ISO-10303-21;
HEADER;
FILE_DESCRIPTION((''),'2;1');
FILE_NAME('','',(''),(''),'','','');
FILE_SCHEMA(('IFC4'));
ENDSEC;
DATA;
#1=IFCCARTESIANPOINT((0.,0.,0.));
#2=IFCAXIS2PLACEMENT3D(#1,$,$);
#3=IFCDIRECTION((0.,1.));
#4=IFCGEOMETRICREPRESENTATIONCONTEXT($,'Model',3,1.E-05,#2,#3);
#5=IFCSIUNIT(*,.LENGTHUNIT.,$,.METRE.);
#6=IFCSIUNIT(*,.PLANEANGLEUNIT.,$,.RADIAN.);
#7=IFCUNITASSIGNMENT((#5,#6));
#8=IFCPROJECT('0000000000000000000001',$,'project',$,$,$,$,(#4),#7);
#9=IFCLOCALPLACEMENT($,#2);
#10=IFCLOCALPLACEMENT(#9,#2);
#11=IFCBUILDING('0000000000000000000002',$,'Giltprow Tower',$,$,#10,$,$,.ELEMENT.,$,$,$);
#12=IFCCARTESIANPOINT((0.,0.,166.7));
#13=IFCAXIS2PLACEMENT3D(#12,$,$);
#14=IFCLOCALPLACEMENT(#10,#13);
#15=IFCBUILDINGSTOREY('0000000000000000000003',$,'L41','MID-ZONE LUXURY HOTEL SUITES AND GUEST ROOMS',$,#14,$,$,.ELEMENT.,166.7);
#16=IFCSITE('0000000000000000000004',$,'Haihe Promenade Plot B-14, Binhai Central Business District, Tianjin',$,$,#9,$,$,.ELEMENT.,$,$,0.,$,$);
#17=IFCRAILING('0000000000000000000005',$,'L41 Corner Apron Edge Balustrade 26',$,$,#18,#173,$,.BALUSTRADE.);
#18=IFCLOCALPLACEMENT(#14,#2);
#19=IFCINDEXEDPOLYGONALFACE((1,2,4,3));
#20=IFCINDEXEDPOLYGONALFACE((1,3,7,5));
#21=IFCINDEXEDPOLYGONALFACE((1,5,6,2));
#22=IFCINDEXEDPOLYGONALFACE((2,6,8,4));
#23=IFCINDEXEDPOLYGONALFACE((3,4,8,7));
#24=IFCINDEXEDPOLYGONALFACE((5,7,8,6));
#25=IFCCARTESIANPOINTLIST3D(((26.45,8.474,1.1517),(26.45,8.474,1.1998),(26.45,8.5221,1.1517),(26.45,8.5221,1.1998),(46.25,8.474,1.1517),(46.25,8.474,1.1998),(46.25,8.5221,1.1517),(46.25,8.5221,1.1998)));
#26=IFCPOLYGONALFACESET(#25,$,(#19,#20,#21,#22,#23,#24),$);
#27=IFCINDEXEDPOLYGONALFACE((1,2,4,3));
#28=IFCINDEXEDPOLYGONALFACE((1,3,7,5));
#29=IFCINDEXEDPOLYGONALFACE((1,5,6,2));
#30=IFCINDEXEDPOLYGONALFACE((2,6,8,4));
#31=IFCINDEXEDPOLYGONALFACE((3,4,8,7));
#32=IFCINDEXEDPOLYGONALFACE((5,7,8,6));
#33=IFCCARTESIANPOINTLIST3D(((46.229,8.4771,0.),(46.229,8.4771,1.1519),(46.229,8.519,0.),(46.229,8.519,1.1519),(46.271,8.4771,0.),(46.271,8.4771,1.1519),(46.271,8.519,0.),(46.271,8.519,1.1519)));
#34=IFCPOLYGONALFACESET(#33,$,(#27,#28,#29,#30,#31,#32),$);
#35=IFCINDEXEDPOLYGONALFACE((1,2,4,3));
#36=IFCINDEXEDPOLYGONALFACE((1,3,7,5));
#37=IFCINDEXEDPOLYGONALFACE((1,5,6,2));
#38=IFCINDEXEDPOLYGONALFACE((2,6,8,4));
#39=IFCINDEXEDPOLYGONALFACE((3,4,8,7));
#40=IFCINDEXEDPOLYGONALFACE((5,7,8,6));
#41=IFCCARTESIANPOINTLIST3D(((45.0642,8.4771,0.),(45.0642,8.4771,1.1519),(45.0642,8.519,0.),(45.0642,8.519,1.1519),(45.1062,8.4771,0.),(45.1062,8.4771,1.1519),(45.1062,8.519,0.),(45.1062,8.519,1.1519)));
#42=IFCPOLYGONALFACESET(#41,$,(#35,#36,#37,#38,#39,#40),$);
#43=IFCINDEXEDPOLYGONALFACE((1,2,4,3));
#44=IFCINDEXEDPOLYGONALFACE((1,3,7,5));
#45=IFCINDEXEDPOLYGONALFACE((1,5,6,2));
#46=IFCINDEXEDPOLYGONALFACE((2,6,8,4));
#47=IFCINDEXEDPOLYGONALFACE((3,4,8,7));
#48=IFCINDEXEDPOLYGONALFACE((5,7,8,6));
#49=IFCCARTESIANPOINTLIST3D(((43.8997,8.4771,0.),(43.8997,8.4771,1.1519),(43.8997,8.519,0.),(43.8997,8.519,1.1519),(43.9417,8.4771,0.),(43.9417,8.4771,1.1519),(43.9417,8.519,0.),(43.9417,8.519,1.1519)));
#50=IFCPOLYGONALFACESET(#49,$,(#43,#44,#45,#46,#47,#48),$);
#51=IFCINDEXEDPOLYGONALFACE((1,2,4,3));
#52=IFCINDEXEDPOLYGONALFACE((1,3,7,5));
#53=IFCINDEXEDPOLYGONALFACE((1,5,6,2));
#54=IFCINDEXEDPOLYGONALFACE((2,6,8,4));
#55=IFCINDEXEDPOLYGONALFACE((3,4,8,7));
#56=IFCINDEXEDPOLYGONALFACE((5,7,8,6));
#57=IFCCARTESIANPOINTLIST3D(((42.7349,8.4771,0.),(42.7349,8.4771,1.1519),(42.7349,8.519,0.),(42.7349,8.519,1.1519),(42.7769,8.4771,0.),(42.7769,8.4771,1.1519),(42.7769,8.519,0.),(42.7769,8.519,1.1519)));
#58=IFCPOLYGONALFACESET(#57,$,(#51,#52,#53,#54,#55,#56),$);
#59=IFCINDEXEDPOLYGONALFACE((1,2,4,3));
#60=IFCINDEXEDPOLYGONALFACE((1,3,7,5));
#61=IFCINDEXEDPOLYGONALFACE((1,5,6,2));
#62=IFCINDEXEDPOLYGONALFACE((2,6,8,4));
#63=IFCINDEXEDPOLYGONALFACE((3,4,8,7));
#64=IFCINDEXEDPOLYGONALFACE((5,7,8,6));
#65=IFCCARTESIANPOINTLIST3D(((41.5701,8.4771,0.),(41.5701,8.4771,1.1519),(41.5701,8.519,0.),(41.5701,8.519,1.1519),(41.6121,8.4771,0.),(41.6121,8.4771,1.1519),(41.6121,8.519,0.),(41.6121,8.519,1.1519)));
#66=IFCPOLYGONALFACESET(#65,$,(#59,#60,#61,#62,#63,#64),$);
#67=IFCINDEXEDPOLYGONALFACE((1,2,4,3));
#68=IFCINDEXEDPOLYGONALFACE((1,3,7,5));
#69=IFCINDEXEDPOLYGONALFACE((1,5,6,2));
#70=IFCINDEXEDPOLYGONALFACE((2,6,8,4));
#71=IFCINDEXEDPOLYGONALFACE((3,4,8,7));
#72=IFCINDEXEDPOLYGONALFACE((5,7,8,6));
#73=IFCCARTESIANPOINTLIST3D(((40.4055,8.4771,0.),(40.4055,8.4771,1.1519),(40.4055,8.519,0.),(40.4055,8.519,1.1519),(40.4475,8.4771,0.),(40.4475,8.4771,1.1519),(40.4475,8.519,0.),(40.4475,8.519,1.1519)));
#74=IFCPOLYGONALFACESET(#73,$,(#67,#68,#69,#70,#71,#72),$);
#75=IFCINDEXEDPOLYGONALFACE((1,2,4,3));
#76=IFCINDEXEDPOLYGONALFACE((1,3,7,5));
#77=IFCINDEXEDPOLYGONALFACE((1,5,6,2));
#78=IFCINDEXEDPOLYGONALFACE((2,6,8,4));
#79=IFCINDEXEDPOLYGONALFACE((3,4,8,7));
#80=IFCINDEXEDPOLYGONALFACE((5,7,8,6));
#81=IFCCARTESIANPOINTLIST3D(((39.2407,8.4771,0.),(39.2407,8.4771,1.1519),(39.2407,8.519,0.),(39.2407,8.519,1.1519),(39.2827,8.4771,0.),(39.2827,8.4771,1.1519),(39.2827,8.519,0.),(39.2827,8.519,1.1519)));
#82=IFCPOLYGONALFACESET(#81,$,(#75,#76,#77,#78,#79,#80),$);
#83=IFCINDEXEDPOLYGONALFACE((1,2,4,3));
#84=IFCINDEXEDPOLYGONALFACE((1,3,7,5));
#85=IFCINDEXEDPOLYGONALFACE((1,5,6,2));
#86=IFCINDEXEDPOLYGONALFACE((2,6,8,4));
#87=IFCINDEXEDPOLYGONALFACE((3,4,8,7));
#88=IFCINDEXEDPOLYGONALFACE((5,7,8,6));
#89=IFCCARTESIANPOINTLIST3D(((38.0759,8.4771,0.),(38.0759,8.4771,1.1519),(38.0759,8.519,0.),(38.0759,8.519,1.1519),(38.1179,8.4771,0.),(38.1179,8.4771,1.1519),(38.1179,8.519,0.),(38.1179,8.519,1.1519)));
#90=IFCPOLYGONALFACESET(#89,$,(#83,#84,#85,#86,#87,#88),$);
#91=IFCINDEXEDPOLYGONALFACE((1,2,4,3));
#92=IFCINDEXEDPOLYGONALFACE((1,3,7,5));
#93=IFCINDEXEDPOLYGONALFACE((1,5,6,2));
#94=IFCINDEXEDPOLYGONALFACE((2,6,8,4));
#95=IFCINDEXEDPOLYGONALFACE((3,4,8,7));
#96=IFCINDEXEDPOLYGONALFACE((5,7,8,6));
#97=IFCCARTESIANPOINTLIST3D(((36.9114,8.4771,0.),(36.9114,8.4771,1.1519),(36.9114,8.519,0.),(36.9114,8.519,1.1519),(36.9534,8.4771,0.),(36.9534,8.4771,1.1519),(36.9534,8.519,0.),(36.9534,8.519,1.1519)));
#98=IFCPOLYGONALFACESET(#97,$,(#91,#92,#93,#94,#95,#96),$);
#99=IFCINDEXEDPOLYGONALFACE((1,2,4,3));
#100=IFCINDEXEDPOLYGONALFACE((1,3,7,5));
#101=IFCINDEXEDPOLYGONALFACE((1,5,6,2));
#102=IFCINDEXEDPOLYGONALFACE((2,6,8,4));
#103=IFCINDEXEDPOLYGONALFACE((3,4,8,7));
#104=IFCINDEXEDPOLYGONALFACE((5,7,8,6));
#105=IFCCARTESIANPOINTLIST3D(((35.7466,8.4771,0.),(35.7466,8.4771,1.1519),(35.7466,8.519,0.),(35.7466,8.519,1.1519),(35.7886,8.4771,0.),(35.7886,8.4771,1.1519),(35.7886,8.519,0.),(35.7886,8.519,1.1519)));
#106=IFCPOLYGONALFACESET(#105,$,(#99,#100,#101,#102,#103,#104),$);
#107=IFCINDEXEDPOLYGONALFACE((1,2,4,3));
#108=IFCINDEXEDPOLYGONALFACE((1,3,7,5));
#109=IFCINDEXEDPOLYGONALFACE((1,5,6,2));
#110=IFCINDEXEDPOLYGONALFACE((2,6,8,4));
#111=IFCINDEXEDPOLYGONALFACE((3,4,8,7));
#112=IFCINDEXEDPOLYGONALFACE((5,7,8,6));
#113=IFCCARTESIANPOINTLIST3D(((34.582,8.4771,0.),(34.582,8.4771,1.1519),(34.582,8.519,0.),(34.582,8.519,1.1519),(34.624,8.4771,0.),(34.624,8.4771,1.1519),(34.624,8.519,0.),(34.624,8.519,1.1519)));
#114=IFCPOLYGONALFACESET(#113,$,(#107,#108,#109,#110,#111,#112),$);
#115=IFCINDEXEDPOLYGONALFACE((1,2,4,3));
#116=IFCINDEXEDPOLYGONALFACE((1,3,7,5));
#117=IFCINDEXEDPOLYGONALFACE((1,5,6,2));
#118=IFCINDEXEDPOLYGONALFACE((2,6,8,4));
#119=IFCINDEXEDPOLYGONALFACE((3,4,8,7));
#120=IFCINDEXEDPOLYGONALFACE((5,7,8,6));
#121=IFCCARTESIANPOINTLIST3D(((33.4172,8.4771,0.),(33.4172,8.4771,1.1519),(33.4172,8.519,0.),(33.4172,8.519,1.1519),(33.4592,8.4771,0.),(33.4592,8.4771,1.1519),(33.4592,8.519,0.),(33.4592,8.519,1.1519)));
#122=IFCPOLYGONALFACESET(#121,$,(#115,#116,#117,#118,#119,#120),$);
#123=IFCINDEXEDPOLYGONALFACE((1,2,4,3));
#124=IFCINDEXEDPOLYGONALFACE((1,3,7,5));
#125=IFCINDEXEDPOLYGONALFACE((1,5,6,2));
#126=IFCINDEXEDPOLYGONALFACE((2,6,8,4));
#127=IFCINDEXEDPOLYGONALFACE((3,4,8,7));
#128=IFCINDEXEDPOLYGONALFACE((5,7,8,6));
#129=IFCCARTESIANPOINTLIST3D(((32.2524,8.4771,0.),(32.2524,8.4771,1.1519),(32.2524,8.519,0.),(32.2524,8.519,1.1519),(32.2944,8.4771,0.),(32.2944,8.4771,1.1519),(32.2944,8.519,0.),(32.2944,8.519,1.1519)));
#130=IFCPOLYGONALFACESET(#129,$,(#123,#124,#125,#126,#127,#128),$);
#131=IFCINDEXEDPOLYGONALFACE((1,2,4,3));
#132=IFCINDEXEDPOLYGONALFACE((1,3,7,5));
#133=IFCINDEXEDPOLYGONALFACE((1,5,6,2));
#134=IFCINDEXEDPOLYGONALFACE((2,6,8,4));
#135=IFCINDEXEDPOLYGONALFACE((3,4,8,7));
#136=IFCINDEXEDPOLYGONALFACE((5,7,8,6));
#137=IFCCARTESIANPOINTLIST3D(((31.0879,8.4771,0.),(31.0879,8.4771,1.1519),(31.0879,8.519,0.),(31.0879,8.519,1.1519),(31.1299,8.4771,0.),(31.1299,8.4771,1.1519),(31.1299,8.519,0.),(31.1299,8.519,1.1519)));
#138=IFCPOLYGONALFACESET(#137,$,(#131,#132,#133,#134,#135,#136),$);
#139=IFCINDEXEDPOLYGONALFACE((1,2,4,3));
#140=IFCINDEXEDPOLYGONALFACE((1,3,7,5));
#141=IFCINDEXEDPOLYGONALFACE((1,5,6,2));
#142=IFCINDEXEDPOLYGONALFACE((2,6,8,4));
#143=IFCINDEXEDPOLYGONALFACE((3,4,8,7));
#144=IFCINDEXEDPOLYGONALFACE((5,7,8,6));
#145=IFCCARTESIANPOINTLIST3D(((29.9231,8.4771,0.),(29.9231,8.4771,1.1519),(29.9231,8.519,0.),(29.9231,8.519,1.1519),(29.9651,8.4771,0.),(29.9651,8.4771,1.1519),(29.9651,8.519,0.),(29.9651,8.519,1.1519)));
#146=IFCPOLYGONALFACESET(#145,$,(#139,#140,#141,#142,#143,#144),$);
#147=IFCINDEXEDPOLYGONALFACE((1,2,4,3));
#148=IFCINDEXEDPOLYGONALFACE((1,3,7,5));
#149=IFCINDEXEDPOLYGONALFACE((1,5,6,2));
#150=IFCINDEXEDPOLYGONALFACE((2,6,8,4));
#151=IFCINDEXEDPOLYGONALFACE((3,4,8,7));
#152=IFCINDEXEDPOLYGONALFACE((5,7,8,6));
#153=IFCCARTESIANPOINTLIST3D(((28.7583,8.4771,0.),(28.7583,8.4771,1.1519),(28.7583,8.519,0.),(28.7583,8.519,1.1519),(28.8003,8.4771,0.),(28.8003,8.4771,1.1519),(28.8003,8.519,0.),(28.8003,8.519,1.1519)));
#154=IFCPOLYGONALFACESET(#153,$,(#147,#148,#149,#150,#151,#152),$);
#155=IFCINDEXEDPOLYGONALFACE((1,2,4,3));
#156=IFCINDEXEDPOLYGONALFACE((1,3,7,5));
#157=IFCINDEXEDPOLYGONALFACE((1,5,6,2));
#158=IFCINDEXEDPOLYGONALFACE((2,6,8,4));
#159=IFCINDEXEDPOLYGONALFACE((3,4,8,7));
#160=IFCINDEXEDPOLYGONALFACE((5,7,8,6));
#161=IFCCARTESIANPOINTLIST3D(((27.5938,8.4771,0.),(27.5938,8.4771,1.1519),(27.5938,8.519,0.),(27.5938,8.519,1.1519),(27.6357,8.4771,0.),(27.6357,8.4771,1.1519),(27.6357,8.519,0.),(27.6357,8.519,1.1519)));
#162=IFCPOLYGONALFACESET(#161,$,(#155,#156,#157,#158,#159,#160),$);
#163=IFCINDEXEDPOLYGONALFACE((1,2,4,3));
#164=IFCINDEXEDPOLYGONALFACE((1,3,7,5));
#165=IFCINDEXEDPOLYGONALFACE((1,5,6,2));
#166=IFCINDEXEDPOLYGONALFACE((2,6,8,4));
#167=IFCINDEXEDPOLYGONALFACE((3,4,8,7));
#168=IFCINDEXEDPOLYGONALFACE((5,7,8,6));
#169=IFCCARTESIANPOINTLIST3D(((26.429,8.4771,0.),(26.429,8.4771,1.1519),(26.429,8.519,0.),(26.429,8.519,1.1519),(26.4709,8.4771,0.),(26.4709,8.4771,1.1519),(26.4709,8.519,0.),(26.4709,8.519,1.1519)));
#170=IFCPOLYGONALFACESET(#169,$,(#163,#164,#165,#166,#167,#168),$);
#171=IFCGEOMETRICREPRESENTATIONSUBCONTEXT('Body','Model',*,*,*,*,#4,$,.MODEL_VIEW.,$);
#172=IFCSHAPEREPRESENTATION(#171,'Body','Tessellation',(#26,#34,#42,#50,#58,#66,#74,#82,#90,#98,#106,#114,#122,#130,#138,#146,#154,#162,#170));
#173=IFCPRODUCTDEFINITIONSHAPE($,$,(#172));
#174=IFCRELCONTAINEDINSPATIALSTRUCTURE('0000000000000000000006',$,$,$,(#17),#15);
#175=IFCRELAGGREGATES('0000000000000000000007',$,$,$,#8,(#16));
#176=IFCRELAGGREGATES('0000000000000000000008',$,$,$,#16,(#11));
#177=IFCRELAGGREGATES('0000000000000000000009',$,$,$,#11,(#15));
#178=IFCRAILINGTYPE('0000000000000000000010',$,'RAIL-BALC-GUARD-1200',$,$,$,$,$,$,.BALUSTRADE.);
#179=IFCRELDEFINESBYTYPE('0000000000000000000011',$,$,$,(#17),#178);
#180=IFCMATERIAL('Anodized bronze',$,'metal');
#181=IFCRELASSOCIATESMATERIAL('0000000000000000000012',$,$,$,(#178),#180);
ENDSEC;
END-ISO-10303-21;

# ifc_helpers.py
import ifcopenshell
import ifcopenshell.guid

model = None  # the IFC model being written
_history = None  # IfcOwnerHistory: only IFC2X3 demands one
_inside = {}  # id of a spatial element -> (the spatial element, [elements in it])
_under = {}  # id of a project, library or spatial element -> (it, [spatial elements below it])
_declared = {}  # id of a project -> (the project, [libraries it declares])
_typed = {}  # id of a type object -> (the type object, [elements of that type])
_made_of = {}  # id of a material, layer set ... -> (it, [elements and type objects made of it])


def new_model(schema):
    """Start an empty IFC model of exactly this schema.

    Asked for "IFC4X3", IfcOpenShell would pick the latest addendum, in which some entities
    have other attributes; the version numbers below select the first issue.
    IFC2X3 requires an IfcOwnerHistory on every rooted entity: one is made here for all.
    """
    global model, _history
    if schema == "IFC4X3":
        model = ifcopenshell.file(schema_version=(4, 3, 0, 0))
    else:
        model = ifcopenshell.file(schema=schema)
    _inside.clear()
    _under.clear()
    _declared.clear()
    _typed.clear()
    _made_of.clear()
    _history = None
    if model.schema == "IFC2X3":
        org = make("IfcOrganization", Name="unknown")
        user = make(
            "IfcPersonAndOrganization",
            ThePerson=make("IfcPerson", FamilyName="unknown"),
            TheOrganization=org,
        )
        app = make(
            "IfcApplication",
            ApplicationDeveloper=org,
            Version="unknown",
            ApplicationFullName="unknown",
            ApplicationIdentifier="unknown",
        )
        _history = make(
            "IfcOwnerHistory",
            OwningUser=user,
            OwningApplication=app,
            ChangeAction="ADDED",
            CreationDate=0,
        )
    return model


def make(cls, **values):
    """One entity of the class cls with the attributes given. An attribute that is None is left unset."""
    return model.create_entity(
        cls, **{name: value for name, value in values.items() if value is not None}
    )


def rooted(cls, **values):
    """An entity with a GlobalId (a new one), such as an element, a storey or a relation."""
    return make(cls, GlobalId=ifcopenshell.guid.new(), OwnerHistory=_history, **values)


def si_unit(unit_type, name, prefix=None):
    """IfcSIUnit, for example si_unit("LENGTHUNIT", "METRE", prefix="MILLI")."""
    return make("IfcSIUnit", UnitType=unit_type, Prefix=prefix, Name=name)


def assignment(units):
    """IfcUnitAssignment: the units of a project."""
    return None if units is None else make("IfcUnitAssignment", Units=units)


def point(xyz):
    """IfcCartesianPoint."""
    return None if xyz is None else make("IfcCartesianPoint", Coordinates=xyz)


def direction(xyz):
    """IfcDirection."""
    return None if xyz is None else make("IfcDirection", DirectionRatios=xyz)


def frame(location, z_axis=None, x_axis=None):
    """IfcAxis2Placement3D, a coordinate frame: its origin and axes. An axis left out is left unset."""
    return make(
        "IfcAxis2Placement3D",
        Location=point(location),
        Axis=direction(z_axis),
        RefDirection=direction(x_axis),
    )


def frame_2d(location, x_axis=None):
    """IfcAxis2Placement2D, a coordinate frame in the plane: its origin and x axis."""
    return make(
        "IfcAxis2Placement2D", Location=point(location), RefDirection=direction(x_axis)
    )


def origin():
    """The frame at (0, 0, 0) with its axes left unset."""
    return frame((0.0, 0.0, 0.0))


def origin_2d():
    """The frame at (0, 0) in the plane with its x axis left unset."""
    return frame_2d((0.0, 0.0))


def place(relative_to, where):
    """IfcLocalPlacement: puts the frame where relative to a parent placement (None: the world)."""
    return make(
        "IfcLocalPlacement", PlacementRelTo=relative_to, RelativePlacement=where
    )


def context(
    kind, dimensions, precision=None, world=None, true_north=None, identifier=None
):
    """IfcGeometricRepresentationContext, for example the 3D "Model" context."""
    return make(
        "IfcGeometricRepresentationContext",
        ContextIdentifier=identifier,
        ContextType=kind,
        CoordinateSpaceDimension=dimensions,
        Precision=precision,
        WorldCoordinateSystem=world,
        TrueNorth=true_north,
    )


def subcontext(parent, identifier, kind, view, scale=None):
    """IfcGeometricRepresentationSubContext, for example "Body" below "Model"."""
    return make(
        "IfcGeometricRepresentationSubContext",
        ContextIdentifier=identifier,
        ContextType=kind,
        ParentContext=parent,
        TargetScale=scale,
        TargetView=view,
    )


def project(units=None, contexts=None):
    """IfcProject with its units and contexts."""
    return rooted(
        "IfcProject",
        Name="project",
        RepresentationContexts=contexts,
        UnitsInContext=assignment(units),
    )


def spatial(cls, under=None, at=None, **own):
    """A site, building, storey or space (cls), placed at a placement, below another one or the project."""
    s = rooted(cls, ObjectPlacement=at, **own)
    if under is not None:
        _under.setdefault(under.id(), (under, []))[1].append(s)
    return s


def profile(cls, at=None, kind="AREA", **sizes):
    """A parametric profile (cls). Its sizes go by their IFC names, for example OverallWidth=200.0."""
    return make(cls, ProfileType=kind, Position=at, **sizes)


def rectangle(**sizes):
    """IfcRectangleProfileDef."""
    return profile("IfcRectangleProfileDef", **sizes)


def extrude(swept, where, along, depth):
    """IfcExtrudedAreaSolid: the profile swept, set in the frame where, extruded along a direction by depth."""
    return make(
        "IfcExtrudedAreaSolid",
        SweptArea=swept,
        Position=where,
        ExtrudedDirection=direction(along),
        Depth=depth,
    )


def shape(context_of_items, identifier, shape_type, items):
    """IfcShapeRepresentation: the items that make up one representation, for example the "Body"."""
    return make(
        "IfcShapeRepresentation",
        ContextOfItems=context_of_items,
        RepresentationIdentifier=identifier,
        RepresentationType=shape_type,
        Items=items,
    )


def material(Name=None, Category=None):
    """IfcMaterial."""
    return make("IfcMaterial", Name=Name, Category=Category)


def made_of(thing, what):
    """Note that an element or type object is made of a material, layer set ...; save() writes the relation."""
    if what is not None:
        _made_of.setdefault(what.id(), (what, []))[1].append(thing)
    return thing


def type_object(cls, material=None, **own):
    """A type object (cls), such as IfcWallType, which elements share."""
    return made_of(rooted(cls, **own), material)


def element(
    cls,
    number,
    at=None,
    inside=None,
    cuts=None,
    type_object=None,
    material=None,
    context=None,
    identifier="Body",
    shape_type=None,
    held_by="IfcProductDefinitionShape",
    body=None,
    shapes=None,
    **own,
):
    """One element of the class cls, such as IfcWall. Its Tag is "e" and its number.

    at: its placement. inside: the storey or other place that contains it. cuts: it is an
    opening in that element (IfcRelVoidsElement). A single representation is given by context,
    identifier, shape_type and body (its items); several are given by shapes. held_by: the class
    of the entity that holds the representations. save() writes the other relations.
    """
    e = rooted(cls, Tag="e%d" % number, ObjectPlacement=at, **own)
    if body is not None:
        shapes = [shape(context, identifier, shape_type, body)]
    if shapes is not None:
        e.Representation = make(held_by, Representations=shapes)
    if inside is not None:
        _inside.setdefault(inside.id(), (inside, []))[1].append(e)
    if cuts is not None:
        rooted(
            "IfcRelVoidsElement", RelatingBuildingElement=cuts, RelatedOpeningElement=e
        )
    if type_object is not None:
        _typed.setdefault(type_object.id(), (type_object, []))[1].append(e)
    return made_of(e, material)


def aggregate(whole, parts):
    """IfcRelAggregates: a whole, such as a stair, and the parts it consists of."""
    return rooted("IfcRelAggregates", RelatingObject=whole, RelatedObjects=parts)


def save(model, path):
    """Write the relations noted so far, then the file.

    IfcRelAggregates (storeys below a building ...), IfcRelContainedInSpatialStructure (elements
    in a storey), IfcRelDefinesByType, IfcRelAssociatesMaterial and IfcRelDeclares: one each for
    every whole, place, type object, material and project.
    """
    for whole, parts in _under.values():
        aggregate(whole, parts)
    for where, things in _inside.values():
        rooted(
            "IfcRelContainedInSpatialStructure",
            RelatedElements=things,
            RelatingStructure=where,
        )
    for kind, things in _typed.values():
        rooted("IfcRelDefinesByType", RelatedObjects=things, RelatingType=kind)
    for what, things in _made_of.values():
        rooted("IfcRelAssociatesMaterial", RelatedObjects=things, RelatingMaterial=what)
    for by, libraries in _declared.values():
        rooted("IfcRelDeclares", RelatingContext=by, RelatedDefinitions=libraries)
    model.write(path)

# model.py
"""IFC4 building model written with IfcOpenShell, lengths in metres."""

from ifc_helpers import new_model, si_unit, direction, frame, origin, origin_2d, place, context, subcontext, project, spatial, rectangle, extrude, material, type_object, element, save


model = new_model("IFC4")

# Units and contexts
model_context = context("Model", 3, precision=1e-05, world=origin(), true_north=direction((0.0, 1.0)))
body_context = subcontext(model_context, "Body", "Model", "MODEL_VIEW")
ifc_project = project(units=[si_unit("LENGTHUNIT", "METRE"), si_unit("PLANEANGLEUNIT", "RADIAN")], contexts=[model_context])

# Site, building, storey
site_placement = place(None, origin())
site = spatial("IfcSite", under=ifc_project, at=site_placement, Name="Haihe Promenade Plot B-14, Binhai Central Business District, Tianjin", CompositionType="ELEMENT", RefElevation=0.0)
building_placement = place(site_placement, origin())
building = spatial("IfcBuilding", under=site, at=building_placement, Name="Giltprow Tower", CompositionType="ELEMENT")
storey_placement = place(building_placement, frame((0.0, 0.0, 166.7)))
storey = spatial("IfcBuildingStorey", under=building, at=storey_placement, Name="L41", Description="MID-ZONE LUXURY HOTEL SUITES AND GUEST ROOMS", CompositionType="ELEMENT", Elevation=166.7)

# Shared definitions
ifc_material_1 = material(Name="Anodized bronze", Category="metal")

# Railing
railing_type = type_object("IfcRailingType", Name="RAIL-BALC-GUARD-1200", PredefinedType="BALUSTRADE", material=ifc_material_1)
railing_1_placement = place(storey_placement, frame((46.25, 8.498, 0.0)))
element("IfcRailing", 1, at=railing_1_placement, inside=storey, type_object=railing_type, Name="L41 Corner Apron Edge Balustrade 26", PredefinedType="BALUSTRADE", context=body_context, shape_type="SweptSolid", body=[
    extrude(rectangle(XDim=0.0481, YDim=0.0481, at=origin_2d()), frame((0.0, 0.0, 1.1758), z_axis=(-1.0, 0.0, 0.0), x_axis=(0.0, -1.0, 0.0)), (0.0, 0.0, 1.0), 19.8),
    extrude(rectangle(XDim=0.042, YDim=0.042, at=origin_2d()), origin(), (0.0, 0.0, 1.0), 1.1519),
    extrude(rectangle(XDim=0.042, YDim=0.042, at=origin_2d()), frame((-1.1648, 0.0, 0.0)), (0.0, 0.0, 1.0), 1.1519),
    extrude(rectangle(XDim=0.042, YDim=0.042, at=origin_2d()), frame((-2.3293, 0.0, 0.0)), (0.0, 0.0, 1.0), 1.1519),
    extrude(rectangle(XDim=0.042, YDim=0.042, at=origin_2d()), frame((-3.4941, 0.0, 0.0)), (0.0, 0.0, 1.0), 1.1519),
    extrude(rectangle(XDim=0.042, YDim=0.042, at=origin_2d()), frame((-4.6589, 0.0, 0.0)), (0.0, 0.0, 1.0), 1.1519),
    extrude(rectangle(XDim=0.042, YDim=0.042, at=origin_2d()), frame((-5.8235, 0.0, 0.0)), (0.0, 0.0, 1.0), 1.1519),
    extrude(rectangle(XDim=0.042, YDim=0.042, at=origin_2d()), frame((-6.9883, 0.0, 0.0)), (0.0, 0.0, 1.0), 1.1519),
    extrude(rectangle(XDim=0.042, YDim=0.042, at=origin_2d()), frame((-8.1531, 0.0, 0.0)), (0.0, 0.0, 1.0), 1.1519),
    extrude(rectangle(XDim=0.042, YDim=0.042, at=origin_2d()), frame((-9.3176, 0.0, 0.0)), (0.0, 0.0, 1.0), 1.1519),
    extrude(rectangle(XDim=0.042, YDim=0.042, at=origin_2d()), frame((-10.4824, 0.0, 0.0)), (0.0, 0.0, 1.0), 1.1519),
    extrude(rectangle(XDim=0.042, YDim=0.042, at=origin_2d()), frame((-11.647, 0.0, 0.0)), (0.0, 0.0, 1.0), 1.1519),
    extrude(rectangle(XDim=0.042, YDim=0.042, at=origin_2d()), frame((-12.8118, 0.0, 0.0)), (0.0, 0.0, 1.0), 1.1519),
    extrude(rectangle(XDim=0.042, YDim=0.042, at=origin_2d()), frame((-13.9766, 0.0, 0.0)), (0.0, 0.0, 1.0), 1.1519),
    extrude(rectangle(XDim=0.042, YDim=0.042, at=origin_2d()), frame((-15.1411, 0.0, 0.0)), (0.0, 0.0, 1.0), 1.1519),
    extrude(rectangle(XDim=0.042, YDim=0.042, at=origin_2d()), frame((-16.3059, 0.0, 0.0)), (0.0, 0.0, 1.0), 1.1519),
    extrude(rectangle(XDim=0.042, YDim=0.042, at=origin_2d()), frame((-17.4707, 0.0, 0.0)), (0.0, 0.0, 1.0), 1.1519),
    extrude(rectangle(XDim=0.042, YDim=0.042, at=origin_2d()), frame((-18.6353, 0.0, 0.0)), (0.0, 0.0, 1.0), 1.1519),
    extrude(rectangle(XDim=0.042, YDim=0.042, at=origin_2d()), frame((-19.8, 0.0, 0.0)), (0.0, 0.0, 1.0), 1.1519),
])

save(model, "model.ifc")
